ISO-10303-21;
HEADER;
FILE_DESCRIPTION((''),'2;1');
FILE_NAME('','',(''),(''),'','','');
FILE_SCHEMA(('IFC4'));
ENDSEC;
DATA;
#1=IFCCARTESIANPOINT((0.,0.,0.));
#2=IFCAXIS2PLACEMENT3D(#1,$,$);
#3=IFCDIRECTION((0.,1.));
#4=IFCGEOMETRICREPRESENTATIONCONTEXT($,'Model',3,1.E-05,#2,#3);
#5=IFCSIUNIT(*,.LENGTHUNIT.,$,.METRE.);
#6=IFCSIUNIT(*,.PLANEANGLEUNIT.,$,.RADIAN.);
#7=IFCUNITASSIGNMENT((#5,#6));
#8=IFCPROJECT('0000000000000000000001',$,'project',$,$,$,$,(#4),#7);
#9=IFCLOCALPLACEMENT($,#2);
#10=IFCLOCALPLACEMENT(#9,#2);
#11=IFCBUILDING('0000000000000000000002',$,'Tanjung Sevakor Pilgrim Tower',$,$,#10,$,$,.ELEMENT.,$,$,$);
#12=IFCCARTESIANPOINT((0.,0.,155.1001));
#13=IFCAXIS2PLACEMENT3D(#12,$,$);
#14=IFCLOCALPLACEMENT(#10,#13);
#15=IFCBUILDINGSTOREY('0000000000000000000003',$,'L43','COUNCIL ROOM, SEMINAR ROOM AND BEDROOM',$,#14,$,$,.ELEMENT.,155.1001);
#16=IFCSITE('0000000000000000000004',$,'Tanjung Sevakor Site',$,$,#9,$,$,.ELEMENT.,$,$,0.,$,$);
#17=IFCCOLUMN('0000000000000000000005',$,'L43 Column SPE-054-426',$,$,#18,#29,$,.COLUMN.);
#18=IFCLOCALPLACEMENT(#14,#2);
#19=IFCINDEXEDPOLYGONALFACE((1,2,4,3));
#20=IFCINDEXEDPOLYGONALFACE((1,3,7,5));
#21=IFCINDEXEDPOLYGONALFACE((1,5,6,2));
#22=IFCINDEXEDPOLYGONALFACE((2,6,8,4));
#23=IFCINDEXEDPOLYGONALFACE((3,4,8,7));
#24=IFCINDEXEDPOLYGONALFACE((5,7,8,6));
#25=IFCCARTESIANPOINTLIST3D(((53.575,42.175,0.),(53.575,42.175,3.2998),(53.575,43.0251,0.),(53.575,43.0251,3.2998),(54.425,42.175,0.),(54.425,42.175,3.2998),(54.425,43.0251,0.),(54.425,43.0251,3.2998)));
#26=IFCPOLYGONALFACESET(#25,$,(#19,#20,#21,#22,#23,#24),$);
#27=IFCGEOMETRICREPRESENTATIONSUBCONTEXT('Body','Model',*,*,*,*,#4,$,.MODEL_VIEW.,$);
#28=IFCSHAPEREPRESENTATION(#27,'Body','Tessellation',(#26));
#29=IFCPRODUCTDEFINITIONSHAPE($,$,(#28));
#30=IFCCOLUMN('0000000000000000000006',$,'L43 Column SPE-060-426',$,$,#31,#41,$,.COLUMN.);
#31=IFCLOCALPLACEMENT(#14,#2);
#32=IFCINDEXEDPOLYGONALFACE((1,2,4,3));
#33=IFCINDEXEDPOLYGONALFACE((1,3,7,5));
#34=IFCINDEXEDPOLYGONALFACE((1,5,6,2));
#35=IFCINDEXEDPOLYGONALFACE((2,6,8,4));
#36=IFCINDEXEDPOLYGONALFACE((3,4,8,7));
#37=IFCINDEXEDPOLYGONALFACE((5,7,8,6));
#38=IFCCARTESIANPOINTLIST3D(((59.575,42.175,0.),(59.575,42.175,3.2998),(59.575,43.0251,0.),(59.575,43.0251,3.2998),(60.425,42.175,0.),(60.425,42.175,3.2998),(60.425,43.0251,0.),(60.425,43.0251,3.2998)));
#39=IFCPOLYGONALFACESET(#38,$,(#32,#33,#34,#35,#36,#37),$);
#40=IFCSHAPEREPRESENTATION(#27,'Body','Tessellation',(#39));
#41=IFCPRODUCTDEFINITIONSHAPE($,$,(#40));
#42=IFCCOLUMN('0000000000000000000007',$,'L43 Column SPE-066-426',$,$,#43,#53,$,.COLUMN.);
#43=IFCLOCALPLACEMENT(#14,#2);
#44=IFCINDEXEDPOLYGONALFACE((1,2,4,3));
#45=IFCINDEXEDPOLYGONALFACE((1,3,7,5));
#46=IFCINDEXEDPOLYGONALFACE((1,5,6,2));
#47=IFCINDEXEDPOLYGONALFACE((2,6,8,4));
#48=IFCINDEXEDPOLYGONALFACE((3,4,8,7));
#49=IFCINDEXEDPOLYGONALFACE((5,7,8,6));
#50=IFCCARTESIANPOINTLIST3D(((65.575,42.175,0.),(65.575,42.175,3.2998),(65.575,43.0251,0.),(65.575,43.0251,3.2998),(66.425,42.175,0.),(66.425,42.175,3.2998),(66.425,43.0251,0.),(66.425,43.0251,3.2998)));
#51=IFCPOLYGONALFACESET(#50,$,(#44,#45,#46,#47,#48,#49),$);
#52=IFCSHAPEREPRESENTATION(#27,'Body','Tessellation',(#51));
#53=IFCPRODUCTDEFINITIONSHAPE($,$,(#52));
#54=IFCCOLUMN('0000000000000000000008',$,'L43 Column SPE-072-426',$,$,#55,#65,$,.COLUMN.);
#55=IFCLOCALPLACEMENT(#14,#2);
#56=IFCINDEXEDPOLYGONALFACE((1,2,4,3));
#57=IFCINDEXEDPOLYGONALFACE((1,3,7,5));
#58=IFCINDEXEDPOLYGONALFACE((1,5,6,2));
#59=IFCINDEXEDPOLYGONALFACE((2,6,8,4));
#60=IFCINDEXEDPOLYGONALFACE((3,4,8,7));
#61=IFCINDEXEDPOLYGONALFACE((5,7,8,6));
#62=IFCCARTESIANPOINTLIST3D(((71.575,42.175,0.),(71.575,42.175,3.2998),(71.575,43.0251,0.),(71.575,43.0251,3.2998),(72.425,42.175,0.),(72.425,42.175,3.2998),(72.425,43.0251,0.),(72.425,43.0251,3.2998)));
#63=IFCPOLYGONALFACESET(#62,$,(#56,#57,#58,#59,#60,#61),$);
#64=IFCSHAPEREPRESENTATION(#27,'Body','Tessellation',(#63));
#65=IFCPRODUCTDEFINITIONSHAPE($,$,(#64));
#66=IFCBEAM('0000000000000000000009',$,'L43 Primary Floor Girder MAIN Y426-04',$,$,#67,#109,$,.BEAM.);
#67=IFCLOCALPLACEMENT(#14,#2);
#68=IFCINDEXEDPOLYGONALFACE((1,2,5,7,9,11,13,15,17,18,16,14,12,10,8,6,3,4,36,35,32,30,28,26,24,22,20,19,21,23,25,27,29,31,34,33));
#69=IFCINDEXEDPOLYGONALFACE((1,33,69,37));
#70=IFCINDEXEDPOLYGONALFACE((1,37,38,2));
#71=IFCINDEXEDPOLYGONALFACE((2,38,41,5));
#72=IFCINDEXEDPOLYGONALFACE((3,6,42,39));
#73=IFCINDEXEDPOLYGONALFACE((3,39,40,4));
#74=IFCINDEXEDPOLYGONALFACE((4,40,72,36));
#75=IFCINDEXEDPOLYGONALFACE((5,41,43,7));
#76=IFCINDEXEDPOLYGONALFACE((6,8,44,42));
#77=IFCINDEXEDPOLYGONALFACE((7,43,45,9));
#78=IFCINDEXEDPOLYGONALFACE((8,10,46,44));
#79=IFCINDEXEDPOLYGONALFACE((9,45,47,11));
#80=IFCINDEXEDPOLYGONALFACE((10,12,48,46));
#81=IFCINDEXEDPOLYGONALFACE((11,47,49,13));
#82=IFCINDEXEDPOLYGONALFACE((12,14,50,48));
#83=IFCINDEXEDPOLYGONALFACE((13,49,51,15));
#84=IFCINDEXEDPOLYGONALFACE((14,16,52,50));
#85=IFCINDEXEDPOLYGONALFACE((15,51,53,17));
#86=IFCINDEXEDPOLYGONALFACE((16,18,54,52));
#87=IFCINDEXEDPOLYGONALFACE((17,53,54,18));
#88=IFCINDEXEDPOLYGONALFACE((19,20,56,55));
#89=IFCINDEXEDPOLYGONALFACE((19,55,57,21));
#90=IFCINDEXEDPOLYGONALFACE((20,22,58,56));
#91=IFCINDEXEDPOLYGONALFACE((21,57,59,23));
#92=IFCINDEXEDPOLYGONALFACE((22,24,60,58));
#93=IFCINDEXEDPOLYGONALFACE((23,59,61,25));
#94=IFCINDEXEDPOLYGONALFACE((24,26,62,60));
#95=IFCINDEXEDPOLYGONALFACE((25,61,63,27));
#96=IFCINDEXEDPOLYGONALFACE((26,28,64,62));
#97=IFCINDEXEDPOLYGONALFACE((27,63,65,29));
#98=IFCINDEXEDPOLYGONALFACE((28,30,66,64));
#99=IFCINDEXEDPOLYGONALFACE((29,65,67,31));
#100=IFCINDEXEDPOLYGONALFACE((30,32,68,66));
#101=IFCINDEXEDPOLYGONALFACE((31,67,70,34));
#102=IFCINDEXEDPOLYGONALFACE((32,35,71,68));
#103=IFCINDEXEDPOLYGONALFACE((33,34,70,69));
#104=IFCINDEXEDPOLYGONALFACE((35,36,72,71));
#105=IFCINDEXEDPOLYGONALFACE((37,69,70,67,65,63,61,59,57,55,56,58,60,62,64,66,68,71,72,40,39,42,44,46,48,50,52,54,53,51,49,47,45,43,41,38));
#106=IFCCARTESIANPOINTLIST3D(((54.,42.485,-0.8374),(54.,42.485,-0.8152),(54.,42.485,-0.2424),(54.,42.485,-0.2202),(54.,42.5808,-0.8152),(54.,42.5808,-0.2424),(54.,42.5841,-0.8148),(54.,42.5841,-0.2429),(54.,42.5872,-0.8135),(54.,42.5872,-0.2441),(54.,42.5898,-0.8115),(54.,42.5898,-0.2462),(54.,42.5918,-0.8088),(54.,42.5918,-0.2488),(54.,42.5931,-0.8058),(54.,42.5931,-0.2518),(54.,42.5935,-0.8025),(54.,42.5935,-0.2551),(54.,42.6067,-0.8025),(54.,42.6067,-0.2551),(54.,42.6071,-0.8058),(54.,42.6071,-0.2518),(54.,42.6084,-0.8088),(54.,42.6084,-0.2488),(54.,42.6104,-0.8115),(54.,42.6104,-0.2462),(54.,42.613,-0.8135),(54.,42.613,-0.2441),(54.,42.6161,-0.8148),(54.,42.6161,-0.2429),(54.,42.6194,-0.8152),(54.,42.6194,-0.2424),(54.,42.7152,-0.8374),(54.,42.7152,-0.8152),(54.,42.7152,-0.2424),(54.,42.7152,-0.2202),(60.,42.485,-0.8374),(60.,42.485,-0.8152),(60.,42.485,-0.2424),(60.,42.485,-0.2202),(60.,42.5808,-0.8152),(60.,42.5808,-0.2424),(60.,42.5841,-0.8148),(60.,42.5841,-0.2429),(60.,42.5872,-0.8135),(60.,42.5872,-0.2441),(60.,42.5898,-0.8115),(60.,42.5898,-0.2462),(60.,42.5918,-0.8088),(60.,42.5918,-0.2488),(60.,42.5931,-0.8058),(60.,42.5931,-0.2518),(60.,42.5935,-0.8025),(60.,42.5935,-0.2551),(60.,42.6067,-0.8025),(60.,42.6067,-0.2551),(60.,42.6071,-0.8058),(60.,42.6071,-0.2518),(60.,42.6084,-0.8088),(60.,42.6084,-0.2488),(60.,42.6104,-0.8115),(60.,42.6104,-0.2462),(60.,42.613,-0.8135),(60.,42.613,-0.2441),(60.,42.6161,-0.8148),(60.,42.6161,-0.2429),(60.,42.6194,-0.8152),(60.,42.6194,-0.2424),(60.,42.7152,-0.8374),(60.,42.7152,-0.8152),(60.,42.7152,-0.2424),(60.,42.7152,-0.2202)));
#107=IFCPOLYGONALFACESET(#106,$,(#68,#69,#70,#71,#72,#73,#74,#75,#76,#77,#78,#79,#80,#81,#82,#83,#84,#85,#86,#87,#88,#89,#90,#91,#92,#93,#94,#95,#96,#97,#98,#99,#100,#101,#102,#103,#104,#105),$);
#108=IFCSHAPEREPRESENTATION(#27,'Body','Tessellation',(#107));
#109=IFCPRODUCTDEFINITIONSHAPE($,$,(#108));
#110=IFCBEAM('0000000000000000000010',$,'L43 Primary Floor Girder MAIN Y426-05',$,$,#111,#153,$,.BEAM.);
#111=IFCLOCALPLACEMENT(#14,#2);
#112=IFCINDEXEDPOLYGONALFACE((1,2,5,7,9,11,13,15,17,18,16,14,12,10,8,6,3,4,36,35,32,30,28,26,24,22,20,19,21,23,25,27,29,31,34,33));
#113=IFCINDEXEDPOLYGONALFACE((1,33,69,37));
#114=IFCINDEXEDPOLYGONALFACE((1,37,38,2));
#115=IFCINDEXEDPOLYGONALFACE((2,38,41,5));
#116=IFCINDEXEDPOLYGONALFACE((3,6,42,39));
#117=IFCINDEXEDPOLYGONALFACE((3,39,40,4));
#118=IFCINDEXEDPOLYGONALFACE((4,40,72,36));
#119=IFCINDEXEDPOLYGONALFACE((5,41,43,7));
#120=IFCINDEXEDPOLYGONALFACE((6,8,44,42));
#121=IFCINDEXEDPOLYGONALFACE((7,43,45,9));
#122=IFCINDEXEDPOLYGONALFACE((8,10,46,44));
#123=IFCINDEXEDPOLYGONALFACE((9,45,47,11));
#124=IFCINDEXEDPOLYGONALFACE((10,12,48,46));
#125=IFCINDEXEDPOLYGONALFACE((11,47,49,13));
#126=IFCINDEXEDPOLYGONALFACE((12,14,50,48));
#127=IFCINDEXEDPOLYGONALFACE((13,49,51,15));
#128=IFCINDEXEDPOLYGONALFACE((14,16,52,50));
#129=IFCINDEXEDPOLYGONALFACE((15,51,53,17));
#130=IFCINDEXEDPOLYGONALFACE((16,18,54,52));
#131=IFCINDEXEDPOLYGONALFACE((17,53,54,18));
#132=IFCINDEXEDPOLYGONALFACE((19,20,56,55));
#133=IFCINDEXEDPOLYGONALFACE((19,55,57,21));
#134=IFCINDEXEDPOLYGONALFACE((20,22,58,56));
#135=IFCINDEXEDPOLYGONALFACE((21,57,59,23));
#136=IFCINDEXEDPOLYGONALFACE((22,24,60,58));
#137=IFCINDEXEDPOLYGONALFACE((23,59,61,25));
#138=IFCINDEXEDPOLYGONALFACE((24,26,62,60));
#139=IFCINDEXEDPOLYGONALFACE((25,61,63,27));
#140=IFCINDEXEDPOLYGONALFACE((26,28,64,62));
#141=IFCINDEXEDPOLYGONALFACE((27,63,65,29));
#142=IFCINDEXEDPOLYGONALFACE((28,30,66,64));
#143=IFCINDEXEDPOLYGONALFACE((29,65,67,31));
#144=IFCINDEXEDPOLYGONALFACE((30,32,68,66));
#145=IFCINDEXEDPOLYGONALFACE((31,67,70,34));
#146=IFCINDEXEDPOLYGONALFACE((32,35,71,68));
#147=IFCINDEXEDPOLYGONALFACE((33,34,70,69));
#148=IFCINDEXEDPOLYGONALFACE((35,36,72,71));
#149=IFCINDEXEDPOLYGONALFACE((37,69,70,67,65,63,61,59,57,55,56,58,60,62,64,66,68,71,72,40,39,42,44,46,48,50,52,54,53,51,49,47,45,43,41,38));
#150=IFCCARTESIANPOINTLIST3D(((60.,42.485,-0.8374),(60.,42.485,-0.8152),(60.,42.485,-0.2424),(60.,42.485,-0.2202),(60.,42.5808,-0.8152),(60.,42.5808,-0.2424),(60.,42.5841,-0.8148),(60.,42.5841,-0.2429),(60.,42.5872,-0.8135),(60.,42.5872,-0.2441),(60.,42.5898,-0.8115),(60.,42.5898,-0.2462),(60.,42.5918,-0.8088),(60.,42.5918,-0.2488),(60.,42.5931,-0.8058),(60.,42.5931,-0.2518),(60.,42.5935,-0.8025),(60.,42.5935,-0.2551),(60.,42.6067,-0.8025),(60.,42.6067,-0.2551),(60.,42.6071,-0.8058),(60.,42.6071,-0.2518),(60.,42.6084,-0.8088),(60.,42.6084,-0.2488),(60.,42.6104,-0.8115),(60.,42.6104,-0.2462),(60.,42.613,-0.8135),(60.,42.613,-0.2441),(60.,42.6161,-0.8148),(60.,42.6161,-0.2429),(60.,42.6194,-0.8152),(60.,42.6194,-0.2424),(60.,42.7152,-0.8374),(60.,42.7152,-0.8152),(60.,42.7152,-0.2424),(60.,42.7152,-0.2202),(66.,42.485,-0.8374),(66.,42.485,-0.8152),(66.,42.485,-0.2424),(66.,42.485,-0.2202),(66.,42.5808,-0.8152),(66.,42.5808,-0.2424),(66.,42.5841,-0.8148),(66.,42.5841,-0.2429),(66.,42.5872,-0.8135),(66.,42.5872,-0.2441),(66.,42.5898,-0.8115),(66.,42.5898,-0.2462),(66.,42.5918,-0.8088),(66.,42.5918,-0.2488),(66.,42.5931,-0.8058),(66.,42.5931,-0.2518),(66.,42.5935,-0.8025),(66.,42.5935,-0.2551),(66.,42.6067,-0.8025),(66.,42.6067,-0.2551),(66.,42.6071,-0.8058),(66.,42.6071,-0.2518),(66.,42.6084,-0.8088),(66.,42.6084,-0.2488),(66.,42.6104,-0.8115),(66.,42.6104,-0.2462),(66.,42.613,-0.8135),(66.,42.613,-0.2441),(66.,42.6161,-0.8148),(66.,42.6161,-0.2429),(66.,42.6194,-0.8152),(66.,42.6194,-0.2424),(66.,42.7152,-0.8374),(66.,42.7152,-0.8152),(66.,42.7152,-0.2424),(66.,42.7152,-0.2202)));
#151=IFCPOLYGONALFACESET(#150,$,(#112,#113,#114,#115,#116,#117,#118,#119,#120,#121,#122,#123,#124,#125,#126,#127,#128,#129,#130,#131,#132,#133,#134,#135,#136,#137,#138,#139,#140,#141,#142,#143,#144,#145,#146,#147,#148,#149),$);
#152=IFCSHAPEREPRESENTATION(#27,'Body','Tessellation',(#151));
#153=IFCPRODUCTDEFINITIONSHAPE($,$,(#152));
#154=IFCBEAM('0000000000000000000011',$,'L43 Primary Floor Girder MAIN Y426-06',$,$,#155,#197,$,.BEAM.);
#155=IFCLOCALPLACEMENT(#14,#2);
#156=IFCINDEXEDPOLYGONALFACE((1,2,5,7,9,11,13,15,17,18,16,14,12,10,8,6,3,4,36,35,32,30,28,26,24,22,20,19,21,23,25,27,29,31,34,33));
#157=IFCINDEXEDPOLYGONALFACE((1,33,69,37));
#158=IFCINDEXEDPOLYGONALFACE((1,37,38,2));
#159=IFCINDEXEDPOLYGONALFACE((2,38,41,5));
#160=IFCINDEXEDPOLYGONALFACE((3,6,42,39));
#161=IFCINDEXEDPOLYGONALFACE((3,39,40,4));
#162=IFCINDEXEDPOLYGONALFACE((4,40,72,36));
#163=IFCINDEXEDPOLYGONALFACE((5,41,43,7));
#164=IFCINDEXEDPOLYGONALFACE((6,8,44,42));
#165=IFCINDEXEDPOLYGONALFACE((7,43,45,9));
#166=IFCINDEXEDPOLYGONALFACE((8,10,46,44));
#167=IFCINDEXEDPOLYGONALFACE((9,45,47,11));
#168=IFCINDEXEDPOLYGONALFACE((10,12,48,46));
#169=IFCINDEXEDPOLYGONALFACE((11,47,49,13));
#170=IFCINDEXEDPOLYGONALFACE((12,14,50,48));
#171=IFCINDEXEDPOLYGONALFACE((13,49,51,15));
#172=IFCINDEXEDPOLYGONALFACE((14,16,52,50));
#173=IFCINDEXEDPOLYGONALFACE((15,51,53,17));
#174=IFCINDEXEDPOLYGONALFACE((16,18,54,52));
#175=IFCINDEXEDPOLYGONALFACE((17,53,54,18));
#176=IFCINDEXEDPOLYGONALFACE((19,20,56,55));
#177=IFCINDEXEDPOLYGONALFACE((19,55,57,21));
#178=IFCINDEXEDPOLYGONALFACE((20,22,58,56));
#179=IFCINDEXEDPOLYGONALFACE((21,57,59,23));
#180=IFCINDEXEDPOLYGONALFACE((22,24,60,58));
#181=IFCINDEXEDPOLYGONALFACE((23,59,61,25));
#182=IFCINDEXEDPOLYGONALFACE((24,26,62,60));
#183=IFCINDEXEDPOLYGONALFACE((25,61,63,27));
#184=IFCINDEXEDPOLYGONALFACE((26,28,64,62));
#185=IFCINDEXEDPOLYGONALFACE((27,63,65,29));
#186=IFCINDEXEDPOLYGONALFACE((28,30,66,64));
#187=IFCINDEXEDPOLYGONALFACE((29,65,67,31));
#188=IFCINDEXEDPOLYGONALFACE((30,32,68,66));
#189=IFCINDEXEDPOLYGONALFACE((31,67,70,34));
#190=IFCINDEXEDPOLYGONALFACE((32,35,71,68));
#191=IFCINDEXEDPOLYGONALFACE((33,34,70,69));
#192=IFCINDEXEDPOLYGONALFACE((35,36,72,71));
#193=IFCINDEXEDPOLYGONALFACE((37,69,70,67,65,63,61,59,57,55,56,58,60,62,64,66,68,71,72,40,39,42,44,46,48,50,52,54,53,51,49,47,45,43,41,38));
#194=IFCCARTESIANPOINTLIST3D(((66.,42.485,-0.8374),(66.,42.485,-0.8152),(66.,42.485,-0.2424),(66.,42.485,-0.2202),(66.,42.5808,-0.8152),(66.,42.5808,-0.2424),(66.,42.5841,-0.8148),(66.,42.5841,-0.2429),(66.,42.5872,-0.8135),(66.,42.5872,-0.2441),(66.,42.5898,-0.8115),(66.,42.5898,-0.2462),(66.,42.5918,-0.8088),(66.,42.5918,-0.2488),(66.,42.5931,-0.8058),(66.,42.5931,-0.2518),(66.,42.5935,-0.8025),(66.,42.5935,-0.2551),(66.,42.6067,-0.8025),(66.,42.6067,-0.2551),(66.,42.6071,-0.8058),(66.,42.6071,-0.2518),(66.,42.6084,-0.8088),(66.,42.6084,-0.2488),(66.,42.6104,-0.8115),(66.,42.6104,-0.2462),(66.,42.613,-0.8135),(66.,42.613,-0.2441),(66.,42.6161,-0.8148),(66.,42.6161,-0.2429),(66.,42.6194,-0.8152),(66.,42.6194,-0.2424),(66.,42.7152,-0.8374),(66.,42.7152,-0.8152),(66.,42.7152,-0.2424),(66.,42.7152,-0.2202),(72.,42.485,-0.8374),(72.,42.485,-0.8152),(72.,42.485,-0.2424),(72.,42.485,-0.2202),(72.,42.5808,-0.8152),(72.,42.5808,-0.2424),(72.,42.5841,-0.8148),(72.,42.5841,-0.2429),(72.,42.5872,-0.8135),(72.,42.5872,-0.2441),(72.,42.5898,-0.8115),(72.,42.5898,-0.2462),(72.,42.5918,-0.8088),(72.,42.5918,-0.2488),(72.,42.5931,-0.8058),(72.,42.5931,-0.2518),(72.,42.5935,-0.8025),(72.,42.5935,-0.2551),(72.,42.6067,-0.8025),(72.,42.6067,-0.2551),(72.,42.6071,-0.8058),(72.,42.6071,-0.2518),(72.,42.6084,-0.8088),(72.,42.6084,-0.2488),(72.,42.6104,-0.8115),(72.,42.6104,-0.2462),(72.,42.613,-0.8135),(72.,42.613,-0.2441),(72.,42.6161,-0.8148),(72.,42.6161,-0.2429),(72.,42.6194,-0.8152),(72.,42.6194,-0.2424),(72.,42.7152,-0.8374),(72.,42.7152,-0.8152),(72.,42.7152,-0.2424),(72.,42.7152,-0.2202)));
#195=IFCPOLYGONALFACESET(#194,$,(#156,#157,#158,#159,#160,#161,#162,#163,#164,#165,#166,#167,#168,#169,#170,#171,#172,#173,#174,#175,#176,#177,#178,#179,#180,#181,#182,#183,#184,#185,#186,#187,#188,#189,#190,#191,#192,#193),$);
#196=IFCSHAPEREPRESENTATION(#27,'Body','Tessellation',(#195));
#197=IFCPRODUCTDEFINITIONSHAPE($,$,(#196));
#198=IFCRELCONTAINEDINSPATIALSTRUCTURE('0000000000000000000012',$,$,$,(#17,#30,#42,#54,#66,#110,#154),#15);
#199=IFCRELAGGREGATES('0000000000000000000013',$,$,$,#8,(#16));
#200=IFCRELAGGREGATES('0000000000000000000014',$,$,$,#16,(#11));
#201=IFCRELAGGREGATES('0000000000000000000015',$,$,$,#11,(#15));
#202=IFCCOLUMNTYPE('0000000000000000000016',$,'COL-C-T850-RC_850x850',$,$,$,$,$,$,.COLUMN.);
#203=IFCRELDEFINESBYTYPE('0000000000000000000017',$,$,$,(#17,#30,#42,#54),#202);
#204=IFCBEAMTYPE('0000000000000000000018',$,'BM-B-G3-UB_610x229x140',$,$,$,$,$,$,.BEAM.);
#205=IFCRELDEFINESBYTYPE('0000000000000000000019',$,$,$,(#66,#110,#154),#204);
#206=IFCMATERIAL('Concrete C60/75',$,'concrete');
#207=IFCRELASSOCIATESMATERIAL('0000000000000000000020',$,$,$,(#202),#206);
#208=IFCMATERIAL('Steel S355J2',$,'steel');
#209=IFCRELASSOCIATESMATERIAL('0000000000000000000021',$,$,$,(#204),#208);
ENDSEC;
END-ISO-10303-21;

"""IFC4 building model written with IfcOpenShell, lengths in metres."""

from ifc_helpers import new_model, si_unit, direction, frame, origin, origin_2d, place, context, subcontext, project, spatial, rectangle, i_section, extrude, material, material_profile, profile_set, type_object, element, save


model = new_model("IFC4")

# Units and contexts
model_context = context("Model", 3, precision=1e-05, world=origin(), true_north=direction((0.0, 1.0)))
body_context = subcontext(model_context, "Body", "Model", "MODEL_VIEW")
ifc_project = project(units=[si_unit("LENGTHUNIT", "METRE"), si_unit("PLANEANGLEUNIT", "RADIAN")], contexts=[model_context])

# Site, building, storey
site_placement = place(None, origin())
site = spatial("IfcSite", under=ifc_project, at=site_placement, Name="Tanjung Sevakor Site", CompositionType="ELEMENT", RefElevation=0.0)
building_placement = place(site_placement, origin())
building = spatial("IfcBuilding", under=site, at=building_placement, Name="Tanjung Sevakor Pilgrim Tower", CompositionType="ELEMENT")
storey_placement = place(building_placement, frame((0.0, 0.0, 155.1001)))
storey = spatial("IfcBuildingStorey", under=building, at=storey_placement, Name="L43", Description="COUNCIL ROOM, SEMINAR ROOM AND BEDROOM", CompositionType="ELEMENT", Elevation=155.1001)

# Columns
ifc_material_1 = material(Name="Concrete C60/75", Category="concrete")
ifc_material_profile_1 = material_profile(ifc_material_1, rectangle(XDim=0.8501, YDim=0.8501, at=origin_2d()))
ifc_profile_set_1 = profile_set([ifc_material_profile_1], Name="Concrete C60/75")
column_type = type_object("IfcColumnType", Name="COL-C-T850-RC_850x850", PredefinedType="COLUMN", material=ifc_profile_set_1)
for number, where, z_axis, x_axis, name in (
    (1, (54.0, 42.6001, 0.0), (0.0, 0.0, 1.0), (1.0, 0.0, 0.0), "L43 Column SPE-054-426"),
    (2, (60.0, 42.6001, 0.0), (0.0, 0.0, 1.0), (1.0, 0.0, 0.0), "L43 Column SPE-060-426"),
    (3, (66.0, 42.6001, 0.0), (0.0, 0.0, 1.0), (1.0, 0.0, 0.0), "L43 Column SPE-066-426"),
    (4, (72.0, 42.6001, 0.0), (0.0, 0.0, 1.0), (1.0, 0.0, 0.0), "L43 Column SPE-072-426"),
):
    element("IfcColumn", number, at=place(storey_placement, frame(where, z_axis=z_axis, x_axis=x_axis)), inside=storey, type_object=column_type, Name=name, PredefinedType="COLUMN", context=body_context, shape_type="SweptSolid", body=[
        extrude(rectangle(XDim=0.8501, YDim=0.8501, at=origin_2d()), origin(), (0.0, 0.0, 1.0), 3.2998),
    ])

# Beams
ifc_material_2 = material(Name="Steel S355J2", Category="steel")
ifc_material_profile_2 = material_profile(ifc_material_2, i_section(OverallWidth=0.2302, OverallDepth=0.6172, WebThickness=0.0132, FlangeThickness=0.0222, FilletRadius=0.0127, at=origin_2d()))
ifc_profile_set_2 = profile_set([ifc_material_profile_2], Name="Steel S355J2")
beam_type_1 = type_object("IfcBeamType", Name="BM-B-G3-UB_610x229x140", PredefinedType="BEAM", material=ifc_profile_set_2)
for number, where, z_axis, x_axis, name in (
    (5, (54.0, 42.6001, -0.5288), (1.0, 0.0, 0.0), (0.0, 1.0, 0.0), "L43 Primary Floor Girder MAIN Y426-04"),
    (6, (60.0, 42.6001, -0.5288), (1.0, 0.0, 0.0), (0.0, 1.0, 0.0), "L43 Primary Floor Girder MAIN Y426-05"),
    (7, (66.0, 42.6001, -0.5288), (1.0, 0.0, 0.0), (0.0, 1.0, 0.0), "L43 Primary Floor Girder MAIN Y426-06"),
):
    element("IfcBeam", number, at=place(storey_placement, frame(where, z_axis=z_axis, x_axis=x_axis)), inside=storey, type_object=beam_type_1, Name=name, PredefinedType="BEAM", context=body_context, shape_type="SweptSolid", body=[
        extrude(i_section(OverallWidth=0.2302, OverallDepth=0.6172, WebThickness=0.0132, FlangeThickness=0.0222, FilletRadius=0.0127, at=origin_2d()), origin(), (0.0, 0.0, 1.0), 6.0),
    ])

save(model, "model.ifc")
